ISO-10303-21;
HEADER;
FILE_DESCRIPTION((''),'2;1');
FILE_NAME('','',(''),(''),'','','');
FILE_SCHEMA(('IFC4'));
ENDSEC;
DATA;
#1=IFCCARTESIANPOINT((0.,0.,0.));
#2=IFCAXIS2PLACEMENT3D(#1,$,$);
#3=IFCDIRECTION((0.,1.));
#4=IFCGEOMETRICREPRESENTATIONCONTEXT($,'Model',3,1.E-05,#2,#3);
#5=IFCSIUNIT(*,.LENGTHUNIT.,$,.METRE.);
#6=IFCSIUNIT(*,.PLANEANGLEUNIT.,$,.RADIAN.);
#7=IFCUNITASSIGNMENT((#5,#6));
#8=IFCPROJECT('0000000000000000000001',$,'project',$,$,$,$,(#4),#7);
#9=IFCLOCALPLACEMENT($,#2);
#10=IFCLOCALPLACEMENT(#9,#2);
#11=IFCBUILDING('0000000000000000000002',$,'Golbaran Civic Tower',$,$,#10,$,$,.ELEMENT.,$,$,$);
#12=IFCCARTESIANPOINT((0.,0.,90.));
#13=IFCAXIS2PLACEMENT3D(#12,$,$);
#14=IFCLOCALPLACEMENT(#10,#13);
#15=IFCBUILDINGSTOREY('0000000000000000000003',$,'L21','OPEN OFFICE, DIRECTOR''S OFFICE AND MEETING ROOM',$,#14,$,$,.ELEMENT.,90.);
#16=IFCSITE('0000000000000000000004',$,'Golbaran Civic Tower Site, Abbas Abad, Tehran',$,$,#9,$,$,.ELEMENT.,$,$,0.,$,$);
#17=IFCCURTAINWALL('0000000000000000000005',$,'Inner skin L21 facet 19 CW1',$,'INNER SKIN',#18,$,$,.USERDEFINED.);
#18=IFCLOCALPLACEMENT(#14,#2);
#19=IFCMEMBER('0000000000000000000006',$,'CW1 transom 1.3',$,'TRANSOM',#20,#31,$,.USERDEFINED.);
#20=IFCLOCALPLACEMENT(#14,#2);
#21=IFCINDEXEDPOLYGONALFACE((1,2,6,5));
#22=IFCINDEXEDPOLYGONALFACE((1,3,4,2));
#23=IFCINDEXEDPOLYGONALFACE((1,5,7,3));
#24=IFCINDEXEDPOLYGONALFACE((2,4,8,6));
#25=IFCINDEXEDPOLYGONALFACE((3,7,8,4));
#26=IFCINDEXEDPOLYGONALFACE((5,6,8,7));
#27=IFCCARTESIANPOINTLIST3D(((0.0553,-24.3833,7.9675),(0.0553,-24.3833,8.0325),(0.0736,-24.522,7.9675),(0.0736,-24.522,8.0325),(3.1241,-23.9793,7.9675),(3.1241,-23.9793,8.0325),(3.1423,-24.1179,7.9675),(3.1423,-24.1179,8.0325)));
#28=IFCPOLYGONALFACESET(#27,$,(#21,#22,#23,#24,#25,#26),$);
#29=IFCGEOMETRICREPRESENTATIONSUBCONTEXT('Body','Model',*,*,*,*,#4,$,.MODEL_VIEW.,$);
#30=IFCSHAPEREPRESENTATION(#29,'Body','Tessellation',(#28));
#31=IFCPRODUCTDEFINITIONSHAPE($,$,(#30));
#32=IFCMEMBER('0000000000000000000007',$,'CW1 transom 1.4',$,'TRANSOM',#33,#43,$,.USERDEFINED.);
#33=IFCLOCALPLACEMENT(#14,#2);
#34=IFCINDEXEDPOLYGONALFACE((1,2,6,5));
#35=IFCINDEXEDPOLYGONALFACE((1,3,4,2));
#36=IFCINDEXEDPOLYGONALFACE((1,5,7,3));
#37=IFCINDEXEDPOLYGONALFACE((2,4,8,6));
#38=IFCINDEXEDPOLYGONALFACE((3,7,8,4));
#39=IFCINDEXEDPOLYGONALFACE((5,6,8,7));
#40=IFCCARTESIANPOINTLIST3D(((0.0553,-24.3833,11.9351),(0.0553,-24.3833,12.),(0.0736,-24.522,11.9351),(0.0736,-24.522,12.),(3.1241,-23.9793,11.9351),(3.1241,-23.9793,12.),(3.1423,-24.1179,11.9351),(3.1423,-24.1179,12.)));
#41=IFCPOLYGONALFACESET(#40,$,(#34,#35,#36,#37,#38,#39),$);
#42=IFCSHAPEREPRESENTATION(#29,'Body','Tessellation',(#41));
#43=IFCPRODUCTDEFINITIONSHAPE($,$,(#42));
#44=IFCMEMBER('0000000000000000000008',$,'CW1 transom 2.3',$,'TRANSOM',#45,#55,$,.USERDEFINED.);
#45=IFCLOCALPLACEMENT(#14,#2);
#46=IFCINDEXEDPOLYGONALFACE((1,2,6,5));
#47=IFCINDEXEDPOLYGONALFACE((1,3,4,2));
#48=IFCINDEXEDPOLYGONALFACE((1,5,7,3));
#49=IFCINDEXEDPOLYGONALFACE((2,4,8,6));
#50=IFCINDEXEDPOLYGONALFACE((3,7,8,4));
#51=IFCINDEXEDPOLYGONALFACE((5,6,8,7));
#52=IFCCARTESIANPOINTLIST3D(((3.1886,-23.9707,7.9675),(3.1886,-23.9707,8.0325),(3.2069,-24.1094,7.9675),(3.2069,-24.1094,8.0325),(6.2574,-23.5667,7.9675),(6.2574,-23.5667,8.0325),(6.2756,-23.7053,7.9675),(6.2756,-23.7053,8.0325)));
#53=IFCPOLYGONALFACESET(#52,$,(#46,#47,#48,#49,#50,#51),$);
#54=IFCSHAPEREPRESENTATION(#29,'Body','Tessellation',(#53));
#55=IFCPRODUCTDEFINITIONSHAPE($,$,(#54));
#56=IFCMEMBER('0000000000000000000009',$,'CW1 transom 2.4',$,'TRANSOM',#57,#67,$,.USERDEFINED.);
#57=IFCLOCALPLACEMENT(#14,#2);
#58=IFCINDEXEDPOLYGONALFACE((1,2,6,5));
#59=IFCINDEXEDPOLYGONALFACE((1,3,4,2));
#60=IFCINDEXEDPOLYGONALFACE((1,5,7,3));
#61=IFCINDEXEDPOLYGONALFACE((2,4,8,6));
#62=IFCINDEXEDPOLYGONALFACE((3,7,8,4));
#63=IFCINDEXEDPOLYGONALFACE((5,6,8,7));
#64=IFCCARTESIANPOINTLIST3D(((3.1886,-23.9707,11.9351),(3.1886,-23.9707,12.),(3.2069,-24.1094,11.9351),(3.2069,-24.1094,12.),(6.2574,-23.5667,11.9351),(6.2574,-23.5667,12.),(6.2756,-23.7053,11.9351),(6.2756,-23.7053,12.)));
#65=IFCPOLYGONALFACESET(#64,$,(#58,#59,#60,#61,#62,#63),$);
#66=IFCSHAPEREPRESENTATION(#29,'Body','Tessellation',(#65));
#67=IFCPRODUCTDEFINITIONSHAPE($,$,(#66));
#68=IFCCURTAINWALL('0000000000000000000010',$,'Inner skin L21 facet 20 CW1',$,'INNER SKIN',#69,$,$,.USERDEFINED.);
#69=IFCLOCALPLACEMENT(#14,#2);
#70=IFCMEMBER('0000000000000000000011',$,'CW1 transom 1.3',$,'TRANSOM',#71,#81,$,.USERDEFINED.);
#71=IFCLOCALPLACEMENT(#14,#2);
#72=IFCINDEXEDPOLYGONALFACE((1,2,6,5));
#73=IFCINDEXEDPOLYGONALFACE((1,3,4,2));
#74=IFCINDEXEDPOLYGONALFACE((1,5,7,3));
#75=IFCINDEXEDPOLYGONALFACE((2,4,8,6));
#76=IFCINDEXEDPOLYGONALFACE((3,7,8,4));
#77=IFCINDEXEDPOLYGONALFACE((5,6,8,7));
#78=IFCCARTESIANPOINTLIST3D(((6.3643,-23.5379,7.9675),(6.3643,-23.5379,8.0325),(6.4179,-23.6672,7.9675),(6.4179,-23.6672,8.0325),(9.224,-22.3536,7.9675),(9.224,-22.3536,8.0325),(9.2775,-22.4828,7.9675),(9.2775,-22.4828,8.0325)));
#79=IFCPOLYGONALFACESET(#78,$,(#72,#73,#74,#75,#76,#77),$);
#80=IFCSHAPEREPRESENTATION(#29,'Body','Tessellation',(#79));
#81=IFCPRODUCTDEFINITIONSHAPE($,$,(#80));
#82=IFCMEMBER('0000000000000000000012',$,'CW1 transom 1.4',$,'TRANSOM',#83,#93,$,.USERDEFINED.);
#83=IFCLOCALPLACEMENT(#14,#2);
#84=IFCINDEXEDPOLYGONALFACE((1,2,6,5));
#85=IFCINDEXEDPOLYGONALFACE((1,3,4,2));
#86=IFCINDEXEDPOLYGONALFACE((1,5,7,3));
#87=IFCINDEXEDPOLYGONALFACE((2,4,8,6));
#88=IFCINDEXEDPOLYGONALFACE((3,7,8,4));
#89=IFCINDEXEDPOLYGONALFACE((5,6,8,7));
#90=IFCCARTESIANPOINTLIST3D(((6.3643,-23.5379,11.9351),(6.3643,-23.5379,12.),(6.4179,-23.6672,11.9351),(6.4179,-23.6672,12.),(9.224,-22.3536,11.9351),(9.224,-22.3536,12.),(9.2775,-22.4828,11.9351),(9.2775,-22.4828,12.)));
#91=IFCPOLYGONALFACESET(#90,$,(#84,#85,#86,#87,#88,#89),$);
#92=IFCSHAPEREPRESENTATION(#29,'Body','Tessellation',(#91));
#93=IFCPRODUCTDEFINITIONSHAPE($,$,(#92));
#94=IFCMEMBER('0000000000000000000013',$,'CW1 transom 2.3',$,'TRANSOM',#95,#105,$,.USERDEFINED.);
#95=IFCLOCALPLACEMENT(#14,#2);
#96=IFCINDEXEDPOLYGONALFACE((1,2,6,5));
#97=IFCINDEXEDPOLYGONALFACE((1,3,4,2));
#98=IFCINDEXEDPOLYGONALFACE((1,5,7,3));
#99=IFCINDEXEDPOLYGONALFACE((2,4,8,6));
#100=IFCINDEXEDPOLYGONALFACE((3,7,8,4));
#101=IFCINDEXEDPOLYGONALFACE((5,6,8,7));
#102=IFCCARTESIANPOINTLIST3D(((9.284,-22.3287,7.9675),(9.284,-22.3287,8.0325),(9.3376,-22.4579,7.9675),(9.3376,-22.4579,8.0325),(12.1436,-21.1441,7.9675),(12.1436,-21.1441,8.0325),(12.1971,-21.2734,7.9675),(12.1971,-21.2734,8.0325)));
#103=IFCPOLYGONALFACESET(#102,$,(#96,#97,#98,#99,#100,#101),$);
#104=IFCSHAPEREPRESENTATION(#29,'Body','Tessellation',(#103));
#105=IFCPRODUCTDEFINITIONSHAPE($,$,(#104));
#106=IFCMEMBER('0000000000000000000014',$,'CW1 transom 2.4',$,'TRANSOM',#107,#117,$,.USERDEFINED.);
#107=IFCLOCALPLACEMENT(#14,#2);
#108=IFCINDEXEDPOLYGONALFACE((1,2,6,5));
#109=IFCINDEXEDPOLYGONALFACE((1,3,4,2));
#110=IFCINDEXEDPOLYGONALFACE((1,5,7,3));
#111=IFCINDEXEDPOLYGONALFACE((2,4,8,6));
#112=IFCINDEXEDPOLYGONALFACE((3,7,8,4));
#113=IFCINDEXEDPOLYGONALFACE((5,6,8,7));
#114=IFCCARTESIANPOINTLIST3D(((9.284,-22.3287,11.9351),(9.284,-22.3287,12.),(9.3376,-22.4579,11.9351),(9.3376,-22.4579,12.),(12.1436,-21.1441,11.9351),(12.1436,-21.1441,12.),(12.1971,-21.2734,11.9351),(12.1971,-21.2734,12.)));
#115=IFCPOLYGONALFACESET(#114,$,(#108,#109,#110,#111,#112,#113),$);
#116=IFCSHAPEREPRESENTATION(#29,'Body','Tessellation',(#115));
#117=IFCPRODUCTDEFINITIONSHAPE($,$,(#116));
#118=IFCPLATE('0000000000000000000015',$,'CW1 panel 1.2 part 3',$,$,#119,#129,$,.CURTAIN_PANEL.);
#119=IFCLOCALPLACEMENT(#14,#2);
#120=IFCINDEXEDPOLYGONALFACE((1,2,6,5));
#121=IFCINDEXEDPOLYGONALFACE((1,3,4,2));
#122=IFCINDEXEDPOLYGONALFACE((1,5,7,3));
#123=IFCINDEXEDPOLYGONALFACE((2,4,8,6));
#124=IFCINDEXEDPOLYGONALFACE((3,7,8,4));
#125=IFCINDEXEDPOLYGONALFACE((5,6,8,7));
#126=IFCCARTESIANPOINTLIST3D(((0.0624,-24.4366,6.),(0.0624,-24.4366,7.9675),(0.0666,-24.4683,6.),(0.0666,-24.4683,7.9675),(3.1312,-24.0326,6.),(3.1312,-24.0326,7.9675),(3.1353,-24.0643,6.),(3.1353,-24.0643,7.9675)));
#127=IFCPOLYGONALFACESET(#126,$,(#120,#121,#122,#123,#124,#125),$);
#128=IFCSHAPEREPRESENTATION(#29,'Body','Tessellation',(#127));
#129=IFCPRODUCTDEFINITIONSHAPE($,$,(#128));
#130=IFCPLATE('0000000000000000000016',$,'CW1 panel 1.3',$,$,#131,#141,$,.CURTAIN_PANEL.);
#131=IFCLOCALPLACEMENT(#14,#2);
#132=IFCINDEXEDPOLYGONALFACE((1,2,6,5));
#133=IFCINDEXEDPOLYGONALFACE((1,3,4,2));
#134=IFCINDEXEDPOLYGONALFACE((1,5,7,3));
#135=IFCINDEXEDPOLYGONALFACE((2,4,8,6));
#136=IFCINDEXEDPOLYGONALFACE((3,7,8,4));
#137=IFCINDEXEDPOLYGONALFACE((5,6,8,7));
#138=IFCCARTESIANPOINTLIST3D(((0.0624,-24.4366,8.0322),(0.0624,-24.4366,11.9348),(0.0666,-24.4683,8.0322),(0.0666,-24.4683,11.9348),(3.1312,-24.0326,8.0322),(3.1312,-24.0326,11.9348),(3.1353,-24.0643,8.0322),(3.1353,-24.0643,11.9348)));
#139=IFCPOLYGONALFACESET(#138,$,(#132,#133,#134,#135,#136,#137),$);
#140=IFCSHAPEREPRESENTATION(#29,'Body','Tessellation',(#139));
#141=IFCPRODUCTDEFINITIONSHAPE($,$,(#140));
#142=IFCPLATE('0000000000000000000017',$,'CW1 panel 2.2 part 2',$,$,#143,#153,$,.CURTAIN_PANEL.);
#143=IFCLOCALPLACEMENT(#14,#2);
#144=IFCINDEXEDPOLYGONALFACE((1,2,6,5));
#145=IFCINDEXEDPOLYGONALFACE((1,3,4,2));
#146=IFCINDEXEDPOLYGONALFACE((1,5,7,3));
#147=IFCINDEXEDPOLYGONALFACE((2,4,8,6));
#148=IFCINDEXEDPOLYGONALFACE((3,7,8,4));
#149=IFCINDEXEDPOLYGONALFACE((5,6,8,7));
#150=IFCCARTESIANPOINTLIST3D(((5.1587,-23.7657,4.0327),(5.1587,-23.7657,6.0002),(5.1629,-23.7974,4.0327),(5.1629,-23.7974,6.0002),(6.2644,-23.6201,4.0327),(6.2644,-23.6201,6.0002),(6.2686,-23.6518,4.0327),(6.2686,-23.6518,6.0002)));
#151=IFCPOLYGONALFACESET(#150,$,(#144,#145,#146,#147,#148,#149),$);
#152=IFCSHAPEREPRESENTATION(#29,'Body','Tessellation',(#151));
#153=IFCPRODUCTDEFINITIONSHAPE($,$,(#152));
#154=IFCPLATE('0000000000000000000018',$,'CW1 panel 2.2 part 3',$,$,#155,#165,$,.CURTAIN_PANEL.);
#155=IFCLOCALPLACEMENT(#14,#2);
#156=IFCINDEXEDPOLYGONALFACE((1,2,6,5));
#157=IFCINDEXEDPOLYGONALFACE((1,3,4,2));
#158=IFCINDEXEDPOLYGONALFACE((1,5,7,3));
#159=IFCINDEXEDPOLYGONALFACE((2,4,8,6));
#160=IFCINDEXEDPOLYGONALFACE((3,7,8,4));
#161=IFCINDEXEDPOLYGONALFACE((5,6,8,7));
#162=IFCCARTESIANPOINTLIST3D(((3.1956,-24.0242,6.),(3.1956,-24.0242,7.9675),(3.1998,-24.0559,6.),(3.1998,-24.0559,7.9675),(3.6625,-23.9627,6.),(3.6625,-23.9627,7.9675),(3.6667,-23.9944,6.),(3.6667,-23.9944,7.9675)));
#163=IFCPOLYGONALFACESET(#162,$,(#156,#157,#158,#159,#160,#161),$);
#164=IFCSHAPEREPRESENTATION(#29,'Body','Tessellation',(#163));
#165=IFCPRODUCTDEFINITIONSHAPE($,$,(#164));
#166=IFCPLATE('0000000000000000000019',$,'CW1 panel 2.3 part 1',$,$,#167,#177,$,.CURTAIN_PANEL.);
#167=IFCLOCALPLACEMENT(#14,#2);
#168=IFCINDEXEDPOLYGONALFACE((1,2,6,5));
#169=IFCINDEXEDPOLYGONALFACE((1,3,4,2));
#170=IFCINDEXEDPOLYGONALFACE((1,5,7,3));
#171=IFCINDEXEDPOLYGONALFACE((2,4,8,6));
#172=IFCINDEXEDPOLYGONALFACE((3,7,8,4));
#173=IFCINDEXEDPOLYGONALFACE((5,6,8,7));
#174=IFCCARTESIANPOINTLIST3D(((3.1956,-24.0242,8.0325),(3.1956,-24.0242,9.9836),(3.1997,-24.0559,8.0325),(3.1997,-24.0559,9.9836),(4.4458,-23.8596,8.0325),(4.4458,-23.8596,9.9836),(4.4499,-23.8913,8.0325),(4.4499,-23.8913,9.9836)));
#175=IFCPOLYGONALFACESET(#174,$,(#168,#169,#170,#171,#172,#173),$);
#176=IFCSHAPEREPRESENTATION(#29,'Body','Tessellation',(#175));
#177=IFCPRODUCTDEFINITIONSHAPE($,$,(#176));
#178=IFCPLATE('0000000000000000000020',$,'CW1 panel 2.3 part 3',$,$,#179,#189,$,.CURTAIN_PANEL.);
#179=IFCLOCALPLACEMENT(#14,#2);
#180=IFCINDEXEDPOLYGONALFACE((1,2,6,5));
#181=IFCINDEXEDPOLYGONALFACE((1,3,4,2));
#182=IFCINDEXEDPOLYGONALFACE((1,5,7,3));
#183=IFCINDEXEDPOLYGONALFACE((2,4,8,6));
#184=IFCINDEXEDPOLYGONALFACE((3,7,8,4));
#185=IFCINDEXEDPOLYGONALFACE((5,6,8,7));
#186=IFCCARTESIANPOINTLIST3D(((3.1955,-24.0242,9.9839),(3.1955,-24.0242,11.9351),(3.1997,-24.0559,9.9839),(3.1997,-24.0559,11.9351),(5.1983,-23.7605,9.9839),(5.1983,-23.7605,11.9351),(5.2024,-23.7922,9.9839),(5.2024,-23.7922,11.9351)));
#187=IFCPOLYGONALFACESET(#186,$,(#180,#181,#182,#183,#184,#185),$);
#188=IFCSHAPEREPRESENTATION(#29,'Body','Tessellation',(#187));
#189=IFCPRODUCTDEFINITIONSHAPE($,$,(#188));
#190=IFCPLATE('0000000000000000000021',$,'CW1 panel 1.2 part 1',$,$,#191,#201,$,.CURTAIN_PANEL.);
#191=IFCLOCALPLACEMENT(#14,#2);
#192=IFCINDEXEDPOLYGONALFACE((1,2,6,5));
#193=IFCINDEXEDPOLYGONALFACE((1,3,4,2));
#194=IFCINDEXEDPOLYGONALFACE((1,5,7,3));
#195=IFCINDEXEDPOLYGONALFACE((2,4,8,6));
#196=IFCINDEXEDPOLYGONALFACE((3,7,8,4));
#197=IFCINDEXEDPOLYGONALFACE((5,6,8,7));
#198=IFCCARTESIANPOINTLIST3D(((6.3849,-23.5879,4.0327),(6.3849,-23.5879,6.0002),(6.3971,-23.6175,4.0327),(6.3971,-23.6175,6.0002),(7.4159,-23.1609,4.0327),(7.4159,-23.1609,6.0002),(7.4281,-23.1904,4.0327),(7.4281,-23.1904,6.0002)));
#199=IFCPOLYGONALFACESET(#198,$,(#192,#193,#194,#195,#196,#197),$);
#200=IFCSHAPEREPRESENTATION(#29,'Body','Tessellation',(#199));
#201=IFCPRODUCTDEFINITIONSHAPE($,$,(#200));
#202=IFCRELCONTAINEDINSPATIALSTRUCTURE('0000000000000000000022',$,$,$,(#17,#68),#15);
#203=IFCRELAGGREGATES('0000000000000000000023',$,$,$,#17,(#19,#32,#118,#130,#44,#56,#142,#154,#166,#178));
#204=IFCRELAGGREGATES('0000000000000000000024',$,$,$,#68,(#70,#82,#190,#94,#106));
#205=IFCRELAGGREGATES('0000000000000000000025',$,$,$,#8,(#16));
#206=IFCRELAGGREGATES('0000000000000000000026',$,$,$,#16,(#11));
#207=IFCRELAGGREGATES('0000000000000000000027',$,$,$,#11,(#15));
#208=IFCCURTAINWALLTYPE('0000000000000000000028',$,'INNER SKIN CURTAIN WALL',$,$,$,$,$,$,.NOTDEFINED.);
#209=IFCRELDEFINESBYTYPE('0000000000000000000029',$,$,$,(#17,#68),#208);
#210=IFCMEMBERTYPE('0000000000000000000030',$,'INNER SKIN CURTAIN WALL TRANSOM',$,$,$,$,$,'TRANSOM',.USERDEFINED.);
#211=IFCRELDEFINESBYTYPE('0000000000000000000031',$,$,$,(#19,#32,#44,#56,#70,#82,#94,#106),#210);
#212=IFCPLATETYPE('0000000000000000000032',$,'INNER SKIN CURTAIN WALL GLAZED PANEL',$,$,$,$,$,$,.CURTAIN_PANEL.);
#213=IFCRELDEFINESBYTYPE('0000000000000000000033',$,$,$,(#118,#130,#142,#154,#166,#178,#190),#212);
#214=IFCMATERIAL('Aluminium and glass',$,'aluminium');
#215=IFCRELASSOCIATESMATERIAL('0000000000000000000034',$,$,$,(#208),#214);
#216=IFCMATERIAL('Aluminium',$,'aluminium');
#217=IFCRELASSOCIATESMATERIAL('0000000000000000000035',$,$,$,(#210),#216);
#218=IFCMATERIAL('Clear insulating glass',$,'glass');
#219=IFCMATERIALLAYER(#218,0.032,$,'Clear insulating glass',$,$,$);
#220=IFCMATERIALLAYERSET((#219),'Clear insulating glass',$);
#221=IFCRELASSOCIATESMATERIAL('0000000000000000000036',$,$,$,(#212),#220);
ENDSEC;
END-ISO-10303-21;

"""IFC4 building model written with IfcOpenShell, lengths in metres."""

from ifc_helpers import new_model, si_unit, direction, frame, origin, origin_2d, place, context, subcontext, project, spatial, rectangle, extrude, material, layer, layer_set, material_profile, profile_set, type_object, element, aggregate, save


model = new_model("IFC4")

# Units and contexts
model_context = context("Model", 3, precision=1e-05, world=origin(), true_north=direction((0.0, 1.0)))
body_context = subcontext(model_context, "Body", "Model", "MODEL_VIEW")
ifc_project = project(units=[si_unit("LENGTHUNIT", "METRE"), si_unit("PLANEANGLEUNIT", "RADIAN")], contexts=[model_context])

# Site, building, storey
site_placement = place(None, origin())
site = spatial("IfcSite", under=ifc_project, at=site_placement, Name="Golbaran Civic Tower Site, Abbas Abad, Tehran", CompositionType="ELEMENT", RefElevation=0.0)
building_placement = place(site_placement, origin())
building = spatial("IfcBuilding", under=site, at=building_placement, Name="Golbaran Civic Tower", CompositionType="ELEMENT")
storey_placement = place(building_placement, frame((0.0, 0.0, 90.0)))
storey = spatial("IfcBuildingStorey", under=building, at=storey_placement, Name="L21", Description="OPEN OFFICE, DIRECTOR'S OFFICE AND MEETING ROOM", CompositionType="ELEMENT", Elevation=90.0)

# Curtain walls, members
ifc_material_1 = material(Name="Aluminium and glass", Category="aluminium")
curtain_wall_type = type_object("IfcCurtainWallType", Name="INNER SKIN CURTAIN WALL", PredefinedType="NOTDEFINED", material=ifc_material_1)
curtain_wall_1_placement = place(storey_placement, origin())
curtain_wall_1 = element("IfcCurtainWall", 1, at=curtain_wall_1_placement, inside=storey, type_object=curtain_wall_type, Name="Inner skin L21 facet 19 CW1", ObjectType="INNER SKIN", PredefinedType="USERDEFINED")
ifc_material_2 = material(Name="Aluminium", Category="aluminium")
ifc_material_profile = material_profile(ifc_material_2, rectangle(XDim=0.1399, YDim=0.0649, at=origin_2d()), Name="INNER SKIN CURTAIN WALL TRANSOM")
ifc_profile_set = profile_set([ifc_material_profile], Name="Aluminium")
member_type = type_object("IfcMemberType", Name="INNER SKIN CURTAIN WALL TRANSOM", ElementType="TRANSOM", PredefinedType="USERDEFINED", material=ifc_profile_set)
member_1_placement = place(storey_placement, frame((0.0645, -24.4526, 8.0), z_axis=(0.991444, 0.130536, 0.0), x_axis=(-0.130536, 0.991444, 0.0)))
member_1 = element("IfcMember", 2, at=member_1_placement, type_object=member_type, Name="CW1 transom 1.3", ObjectType="TRANSOM", PredefinedType="USERDEFINED", context=body_context, shape_type="SweptSolid", body=[
    extrude(rectangle(XDim=0.1399, YDim=0.0649, at=origin_2d()), origin(), (0.0, 0.0, 1.0), 3.0952),
])
member_2_placement = place(storey_placement, frame((0.0645, -24.4526, 11.9675), z_axis=(0.991444, 0.130536, 0.0), x_axis=(-0.130536, 0.991444, 0.0)))
member_2 = element("IfcMember", 3, at=member_2_placement, type_object=member_type, Name="CW1 transom 1.4", ObjectType="TRANSOM", PredefinedType="USERDEFINED", context=body_context, shape_type="SweptSolid", body=[
    extrude(rectangle(XDim=0.1399, YDim=0.0649, at=origin_2d()), origin(), (0.0, 0.0, 1.0), 3.0952),
])
member_3_placement = place(storey_placement, frame((3.1978, -24.04, 8.0), z_axis=(0.991444, 0.130536, 0.0), x_axis=(-0.130536, 0.991444, 0.0)))
member_3 = element("IfcMember", 4, at=member_3_placement, type_object=member_type, Name="CW1 transom 2.3", ObjectType="TRANSOM", PredefinedType="USERDEFINED", context=body_context, shape_type="SweptSolid", body=[
    extrude(rectangle(XDim=0.1399, YDim=0.0649, at=origin_2d()), origin(), (0.0, 0.0, 1.0), 3.0952),
])
member_4_placement = place(storey_placement, frame((3.1978, -24.04, 11.9675), z_axis=(0.991444, 0.130536, 0.0), x_axis=(-0.130536, 0.991444, 0.0)))
member_4 = element("IfcMember", 5, at=member_4_placement, type_object=member_type, Name="CW1 transom 2.4", ObjectType="TRANSOM", PredefinedType="USERDEFINED", context=body_context, shape_type="SweptSolid", body=[
    extrude(rectangle(XDim=0.1399, YDim=0.0649, at=origin_2d()), origin(), (0.0, 0.0, 1.0), 3.0952),
])
curtain_wall_2_placement = place(storey_placement, origin())
curtain_wall_2 = element("IfcCurtainWall", 6, at=curtain_wall_2_placement, inside=storey, type_object=curtain_wall_type, Name="Inner skin L21 facet 20 CW1", ObjectType="INNER SKIN", PredefinedType="USERDEFINED")
member_5_placement = place(storey_placement, frame((6.3911, -23.6025, 8.0), z_axis=(0.923899, 0.382637, 0.0), x_axis=(-0.382637, 0.923899, 0.0)))
member_5 = element("IfcMember", 7, at=member_5_placement, type_object=member_type, Name="CW1 transom 1.3", ObjectType="TRANSOM", PredefinedType="USERDEFINED", context=body_context, shape_type="SweptSolid", body=[
    extrude(rectangle(XDim=0.1399, YDim=0.0649, at=origin_2d()), origin(), (0.0, 0.0, 1.0), 3.0952),
])
member_6_placement = place(storey_placement, frame((6.3911, -23.6025, 11.9675), z_axis=(0.923899, 0.382637, 0.0), x_axis=(-0.382637, 0.923899, 0.0)))
member_6 = element("IfcMember", 8, at=member_6_placement, type_object=member_type, Name="CW1 transom 1.4", ObjectType="TRANSOM", PredefinedType="USERDEFINED", context=body_context, shape_type="SweptSolid", body=[
    extrude(rectangle(XDim=0.1399, YDim=0.0649, at=origin_2d()), origin(), (0.0, 0.0, 1.0), 3.0952),
])
member_7_placement = place(storey_placement, frame((9.3108, -22.3933, 8.0), z_axis=(0.923871, 0.382705, 0.0), x_axis=(-0.382705, 0.923871, 0.0)))
member_7 = element("IfcMember", 9, at=member_7_placement, type_object=member_type, Name="CW1 transom 2.3", ObjectType="TRANSOM", PredefinedType="USERDEFINED", context=body_context, shape_type="SweptSolid", body=[
    extrude(rectangle(XDim=0.1399, YDim=0.0649, at=origin_2d()), origin(), (0.0, 0.0, 1.0), 3.0952),
])
member_8_placement = place(storey_placement, frame((9.3108, -22.3933, 11.9675), z_axis=(0.923871, 0.382705, 0.0), x_axis=(-0.382705, 0.923871, 0.0)))
member_8 = element("IfcMember", 10, at=member_8_placement, type_object=member_type, Name="CW1 transom 2.4", ObjectType="TRANSOM", PredefinedType="USERDEFINED", context=body_context, shape_type="SweptSolid", body=[
    extrude(rectangle(XDim=0.1399, YDim=0.0649, at=origin_2d()), origin(), (0.0, 0.0, 1.0), 3.0952),
])

# Plates
ifc_material_3 = material(Name="Clear insulating glass", Category="glass")
ifc_layer_1 = layer(ifc_material_3, 0.032, Name="Clear insulating glass")
ifc_layer_set_1 = layer_set([ifc_layer_1], Name="Clear insulating glass")
plate_type_1 = type_object("IfcPlateType", Name="INNER SKIN CURTAIN WALL GLAZED PANEL", PredefinedType="CURTAIN_PANEL", material=ifc_layer_set_1)
plate_1_placement = place(storey_placement, frame((1.5989, -24.2505, 6.0), z_axis=(0.0, 0.0, 1.0), x_axis=(0.991445, 0.130526, 0.0)))
plate_1 = element("IfcPlate", 11, at=plate_1_placement, type_object=plate_type_1, Name="CW1 panel 1.2 part 3", PredefinedType="CURTAIN_PANEL", context=body_context, shape_type="SweptSolid", body=[
    extrude(rectangle(XDim=3.0952, YDim=0.032, at=origin_2d()), origin(), (0.0, 0.0, 1.0), 1.9675),
])
plate_2_placement = place(storey_placement, frame((1.5989, -24.2505, 8.0322), z_axis=(0.0, 0.0, 1.0), x_axis=(0.991445, 0.130526, 0.0)))
plate_2 = element("IfcPlate", 12, at=plate_2_placement, type_object=plate_type_1, Name="CW1 panel 1.3", PredefinedType="CURTAIN_PANEL", context=body_context, shape_type="SweptSolid", body=[
    extrude(rectangle(XDim=3.0952, YDim=0.032, at=origin_2d()), origin(), (0.0, 0.0, 1.0), 3.9026),
])
plate_3_placement = place(storey_placement, frame((5.7136, -23.7087, 4.0327), z_axis=(0.0, 0.0, 1.0), x_axis=(0.991445, 0.130526, 0.0)))
plate_3 = element("IfcPlate", 13, at=plate_3_placement, type_object=plate_type_1, Name="CW1 panel 2.2 part 2", PredefinedType="CURTAIN_PANEL", context=body_context, shape_type="SweptSolid", body=[
    extrude(rectangle(XDim=1.1152, YDim=0.032, at=origin_2d()), origin(), (0.0, 0.0, 1.0), 1.9675),
])
plate_4_placement = place(storey_placement, frame((3.4312, -24.0093, 6.0), z_axis=(0.0, 0.0, 1.0), x_axis=(0.991445, 0.130526, 0.0)))
plate_4 = element("IfcPlate", 14, at=plate_4_placement, type_object=plate_type_1, Name="CW1 panel 2.2 part 3", PredefinedType="CURTAIN_PANEL", context=body_context, shape_type="SweptSolid", body=[
    extrude(rectangle(XDim=0.4709, YDim=0.032, at=origin_2d()), origin(), (0.0, 0.0, 1.0), 1.9675),
])
plate_5_placement = place(storey_placement, frame((3.8228, -23.9578, 8.0325), z_axis=(0.0, 0.0, 1.0), x_axis=(0.991445, 0.130526, 0.0)))
plate_5 = element("IfcPlate", 15, at=plate_5_placement, type_object=plate_type_1, Name="CW1 panel 2.3 part 1", PredefinedType="CURTAIN_PANEL", context=body_context, shape_type="SweptSolid", body=[
    extrude(rectangle(XDim=1.261, YDim=0.032, at=origin_2d()), origin(), (0.0, 0.0, 1.0), 1.9512),
])
plate_6_placement = place(storey_placement, frame((4.199, -23.9082, 9.9839), z_axis=(0.0, 0.0, 1.0), x_axis=(0.991445, 0.130526, 0.0)))
plate_6 = element("IfcPlate", 16, at=plate_6_placement, type_object=plate_type_1, Name="CW1 panel 2.3 part 3", PredefinedType="CURTAIN_PANEL", context=body_context, shape_type="SweptSolid", body=[
    extrude(rectangle(XDim=2.02, YDim=0.032, at=origin_2d()), origin(), (0.0, 0.0, 1.0), 1.9512),
])
plate_7_placement = place(storey_placement, frame((6.9065, -23.3892, 4.0327), z_axis=(0.0, 0.0, 1.0), x_axis=(0.92388, 0.382683, 0.0)))
plate_7 = element("IfcPlate", 17, at=plate_7_placement, type_object=plate_type_1, Name="CW1 panel 1.2 part 1", PredefinedType="CURTAIN_PANEL", context=body_context, shape_type="SweptSolid", body=[
    extrude(rectangle(XDim=1.116, YDim=0.032, at=origin_2d()), origin(), (0.0, 0.0, 1.0), 1.9675),
])
aggregate(curtain_wall_1, [member_1, member_2, plate_1, plate_2, member_3, member_4, plate_3, plate_4, plate_5, plate_6])
aggregate(curtain_wall_2, [member_5, member_6, plate_7, member_7, member_8])

save(model, "model.ifc")
